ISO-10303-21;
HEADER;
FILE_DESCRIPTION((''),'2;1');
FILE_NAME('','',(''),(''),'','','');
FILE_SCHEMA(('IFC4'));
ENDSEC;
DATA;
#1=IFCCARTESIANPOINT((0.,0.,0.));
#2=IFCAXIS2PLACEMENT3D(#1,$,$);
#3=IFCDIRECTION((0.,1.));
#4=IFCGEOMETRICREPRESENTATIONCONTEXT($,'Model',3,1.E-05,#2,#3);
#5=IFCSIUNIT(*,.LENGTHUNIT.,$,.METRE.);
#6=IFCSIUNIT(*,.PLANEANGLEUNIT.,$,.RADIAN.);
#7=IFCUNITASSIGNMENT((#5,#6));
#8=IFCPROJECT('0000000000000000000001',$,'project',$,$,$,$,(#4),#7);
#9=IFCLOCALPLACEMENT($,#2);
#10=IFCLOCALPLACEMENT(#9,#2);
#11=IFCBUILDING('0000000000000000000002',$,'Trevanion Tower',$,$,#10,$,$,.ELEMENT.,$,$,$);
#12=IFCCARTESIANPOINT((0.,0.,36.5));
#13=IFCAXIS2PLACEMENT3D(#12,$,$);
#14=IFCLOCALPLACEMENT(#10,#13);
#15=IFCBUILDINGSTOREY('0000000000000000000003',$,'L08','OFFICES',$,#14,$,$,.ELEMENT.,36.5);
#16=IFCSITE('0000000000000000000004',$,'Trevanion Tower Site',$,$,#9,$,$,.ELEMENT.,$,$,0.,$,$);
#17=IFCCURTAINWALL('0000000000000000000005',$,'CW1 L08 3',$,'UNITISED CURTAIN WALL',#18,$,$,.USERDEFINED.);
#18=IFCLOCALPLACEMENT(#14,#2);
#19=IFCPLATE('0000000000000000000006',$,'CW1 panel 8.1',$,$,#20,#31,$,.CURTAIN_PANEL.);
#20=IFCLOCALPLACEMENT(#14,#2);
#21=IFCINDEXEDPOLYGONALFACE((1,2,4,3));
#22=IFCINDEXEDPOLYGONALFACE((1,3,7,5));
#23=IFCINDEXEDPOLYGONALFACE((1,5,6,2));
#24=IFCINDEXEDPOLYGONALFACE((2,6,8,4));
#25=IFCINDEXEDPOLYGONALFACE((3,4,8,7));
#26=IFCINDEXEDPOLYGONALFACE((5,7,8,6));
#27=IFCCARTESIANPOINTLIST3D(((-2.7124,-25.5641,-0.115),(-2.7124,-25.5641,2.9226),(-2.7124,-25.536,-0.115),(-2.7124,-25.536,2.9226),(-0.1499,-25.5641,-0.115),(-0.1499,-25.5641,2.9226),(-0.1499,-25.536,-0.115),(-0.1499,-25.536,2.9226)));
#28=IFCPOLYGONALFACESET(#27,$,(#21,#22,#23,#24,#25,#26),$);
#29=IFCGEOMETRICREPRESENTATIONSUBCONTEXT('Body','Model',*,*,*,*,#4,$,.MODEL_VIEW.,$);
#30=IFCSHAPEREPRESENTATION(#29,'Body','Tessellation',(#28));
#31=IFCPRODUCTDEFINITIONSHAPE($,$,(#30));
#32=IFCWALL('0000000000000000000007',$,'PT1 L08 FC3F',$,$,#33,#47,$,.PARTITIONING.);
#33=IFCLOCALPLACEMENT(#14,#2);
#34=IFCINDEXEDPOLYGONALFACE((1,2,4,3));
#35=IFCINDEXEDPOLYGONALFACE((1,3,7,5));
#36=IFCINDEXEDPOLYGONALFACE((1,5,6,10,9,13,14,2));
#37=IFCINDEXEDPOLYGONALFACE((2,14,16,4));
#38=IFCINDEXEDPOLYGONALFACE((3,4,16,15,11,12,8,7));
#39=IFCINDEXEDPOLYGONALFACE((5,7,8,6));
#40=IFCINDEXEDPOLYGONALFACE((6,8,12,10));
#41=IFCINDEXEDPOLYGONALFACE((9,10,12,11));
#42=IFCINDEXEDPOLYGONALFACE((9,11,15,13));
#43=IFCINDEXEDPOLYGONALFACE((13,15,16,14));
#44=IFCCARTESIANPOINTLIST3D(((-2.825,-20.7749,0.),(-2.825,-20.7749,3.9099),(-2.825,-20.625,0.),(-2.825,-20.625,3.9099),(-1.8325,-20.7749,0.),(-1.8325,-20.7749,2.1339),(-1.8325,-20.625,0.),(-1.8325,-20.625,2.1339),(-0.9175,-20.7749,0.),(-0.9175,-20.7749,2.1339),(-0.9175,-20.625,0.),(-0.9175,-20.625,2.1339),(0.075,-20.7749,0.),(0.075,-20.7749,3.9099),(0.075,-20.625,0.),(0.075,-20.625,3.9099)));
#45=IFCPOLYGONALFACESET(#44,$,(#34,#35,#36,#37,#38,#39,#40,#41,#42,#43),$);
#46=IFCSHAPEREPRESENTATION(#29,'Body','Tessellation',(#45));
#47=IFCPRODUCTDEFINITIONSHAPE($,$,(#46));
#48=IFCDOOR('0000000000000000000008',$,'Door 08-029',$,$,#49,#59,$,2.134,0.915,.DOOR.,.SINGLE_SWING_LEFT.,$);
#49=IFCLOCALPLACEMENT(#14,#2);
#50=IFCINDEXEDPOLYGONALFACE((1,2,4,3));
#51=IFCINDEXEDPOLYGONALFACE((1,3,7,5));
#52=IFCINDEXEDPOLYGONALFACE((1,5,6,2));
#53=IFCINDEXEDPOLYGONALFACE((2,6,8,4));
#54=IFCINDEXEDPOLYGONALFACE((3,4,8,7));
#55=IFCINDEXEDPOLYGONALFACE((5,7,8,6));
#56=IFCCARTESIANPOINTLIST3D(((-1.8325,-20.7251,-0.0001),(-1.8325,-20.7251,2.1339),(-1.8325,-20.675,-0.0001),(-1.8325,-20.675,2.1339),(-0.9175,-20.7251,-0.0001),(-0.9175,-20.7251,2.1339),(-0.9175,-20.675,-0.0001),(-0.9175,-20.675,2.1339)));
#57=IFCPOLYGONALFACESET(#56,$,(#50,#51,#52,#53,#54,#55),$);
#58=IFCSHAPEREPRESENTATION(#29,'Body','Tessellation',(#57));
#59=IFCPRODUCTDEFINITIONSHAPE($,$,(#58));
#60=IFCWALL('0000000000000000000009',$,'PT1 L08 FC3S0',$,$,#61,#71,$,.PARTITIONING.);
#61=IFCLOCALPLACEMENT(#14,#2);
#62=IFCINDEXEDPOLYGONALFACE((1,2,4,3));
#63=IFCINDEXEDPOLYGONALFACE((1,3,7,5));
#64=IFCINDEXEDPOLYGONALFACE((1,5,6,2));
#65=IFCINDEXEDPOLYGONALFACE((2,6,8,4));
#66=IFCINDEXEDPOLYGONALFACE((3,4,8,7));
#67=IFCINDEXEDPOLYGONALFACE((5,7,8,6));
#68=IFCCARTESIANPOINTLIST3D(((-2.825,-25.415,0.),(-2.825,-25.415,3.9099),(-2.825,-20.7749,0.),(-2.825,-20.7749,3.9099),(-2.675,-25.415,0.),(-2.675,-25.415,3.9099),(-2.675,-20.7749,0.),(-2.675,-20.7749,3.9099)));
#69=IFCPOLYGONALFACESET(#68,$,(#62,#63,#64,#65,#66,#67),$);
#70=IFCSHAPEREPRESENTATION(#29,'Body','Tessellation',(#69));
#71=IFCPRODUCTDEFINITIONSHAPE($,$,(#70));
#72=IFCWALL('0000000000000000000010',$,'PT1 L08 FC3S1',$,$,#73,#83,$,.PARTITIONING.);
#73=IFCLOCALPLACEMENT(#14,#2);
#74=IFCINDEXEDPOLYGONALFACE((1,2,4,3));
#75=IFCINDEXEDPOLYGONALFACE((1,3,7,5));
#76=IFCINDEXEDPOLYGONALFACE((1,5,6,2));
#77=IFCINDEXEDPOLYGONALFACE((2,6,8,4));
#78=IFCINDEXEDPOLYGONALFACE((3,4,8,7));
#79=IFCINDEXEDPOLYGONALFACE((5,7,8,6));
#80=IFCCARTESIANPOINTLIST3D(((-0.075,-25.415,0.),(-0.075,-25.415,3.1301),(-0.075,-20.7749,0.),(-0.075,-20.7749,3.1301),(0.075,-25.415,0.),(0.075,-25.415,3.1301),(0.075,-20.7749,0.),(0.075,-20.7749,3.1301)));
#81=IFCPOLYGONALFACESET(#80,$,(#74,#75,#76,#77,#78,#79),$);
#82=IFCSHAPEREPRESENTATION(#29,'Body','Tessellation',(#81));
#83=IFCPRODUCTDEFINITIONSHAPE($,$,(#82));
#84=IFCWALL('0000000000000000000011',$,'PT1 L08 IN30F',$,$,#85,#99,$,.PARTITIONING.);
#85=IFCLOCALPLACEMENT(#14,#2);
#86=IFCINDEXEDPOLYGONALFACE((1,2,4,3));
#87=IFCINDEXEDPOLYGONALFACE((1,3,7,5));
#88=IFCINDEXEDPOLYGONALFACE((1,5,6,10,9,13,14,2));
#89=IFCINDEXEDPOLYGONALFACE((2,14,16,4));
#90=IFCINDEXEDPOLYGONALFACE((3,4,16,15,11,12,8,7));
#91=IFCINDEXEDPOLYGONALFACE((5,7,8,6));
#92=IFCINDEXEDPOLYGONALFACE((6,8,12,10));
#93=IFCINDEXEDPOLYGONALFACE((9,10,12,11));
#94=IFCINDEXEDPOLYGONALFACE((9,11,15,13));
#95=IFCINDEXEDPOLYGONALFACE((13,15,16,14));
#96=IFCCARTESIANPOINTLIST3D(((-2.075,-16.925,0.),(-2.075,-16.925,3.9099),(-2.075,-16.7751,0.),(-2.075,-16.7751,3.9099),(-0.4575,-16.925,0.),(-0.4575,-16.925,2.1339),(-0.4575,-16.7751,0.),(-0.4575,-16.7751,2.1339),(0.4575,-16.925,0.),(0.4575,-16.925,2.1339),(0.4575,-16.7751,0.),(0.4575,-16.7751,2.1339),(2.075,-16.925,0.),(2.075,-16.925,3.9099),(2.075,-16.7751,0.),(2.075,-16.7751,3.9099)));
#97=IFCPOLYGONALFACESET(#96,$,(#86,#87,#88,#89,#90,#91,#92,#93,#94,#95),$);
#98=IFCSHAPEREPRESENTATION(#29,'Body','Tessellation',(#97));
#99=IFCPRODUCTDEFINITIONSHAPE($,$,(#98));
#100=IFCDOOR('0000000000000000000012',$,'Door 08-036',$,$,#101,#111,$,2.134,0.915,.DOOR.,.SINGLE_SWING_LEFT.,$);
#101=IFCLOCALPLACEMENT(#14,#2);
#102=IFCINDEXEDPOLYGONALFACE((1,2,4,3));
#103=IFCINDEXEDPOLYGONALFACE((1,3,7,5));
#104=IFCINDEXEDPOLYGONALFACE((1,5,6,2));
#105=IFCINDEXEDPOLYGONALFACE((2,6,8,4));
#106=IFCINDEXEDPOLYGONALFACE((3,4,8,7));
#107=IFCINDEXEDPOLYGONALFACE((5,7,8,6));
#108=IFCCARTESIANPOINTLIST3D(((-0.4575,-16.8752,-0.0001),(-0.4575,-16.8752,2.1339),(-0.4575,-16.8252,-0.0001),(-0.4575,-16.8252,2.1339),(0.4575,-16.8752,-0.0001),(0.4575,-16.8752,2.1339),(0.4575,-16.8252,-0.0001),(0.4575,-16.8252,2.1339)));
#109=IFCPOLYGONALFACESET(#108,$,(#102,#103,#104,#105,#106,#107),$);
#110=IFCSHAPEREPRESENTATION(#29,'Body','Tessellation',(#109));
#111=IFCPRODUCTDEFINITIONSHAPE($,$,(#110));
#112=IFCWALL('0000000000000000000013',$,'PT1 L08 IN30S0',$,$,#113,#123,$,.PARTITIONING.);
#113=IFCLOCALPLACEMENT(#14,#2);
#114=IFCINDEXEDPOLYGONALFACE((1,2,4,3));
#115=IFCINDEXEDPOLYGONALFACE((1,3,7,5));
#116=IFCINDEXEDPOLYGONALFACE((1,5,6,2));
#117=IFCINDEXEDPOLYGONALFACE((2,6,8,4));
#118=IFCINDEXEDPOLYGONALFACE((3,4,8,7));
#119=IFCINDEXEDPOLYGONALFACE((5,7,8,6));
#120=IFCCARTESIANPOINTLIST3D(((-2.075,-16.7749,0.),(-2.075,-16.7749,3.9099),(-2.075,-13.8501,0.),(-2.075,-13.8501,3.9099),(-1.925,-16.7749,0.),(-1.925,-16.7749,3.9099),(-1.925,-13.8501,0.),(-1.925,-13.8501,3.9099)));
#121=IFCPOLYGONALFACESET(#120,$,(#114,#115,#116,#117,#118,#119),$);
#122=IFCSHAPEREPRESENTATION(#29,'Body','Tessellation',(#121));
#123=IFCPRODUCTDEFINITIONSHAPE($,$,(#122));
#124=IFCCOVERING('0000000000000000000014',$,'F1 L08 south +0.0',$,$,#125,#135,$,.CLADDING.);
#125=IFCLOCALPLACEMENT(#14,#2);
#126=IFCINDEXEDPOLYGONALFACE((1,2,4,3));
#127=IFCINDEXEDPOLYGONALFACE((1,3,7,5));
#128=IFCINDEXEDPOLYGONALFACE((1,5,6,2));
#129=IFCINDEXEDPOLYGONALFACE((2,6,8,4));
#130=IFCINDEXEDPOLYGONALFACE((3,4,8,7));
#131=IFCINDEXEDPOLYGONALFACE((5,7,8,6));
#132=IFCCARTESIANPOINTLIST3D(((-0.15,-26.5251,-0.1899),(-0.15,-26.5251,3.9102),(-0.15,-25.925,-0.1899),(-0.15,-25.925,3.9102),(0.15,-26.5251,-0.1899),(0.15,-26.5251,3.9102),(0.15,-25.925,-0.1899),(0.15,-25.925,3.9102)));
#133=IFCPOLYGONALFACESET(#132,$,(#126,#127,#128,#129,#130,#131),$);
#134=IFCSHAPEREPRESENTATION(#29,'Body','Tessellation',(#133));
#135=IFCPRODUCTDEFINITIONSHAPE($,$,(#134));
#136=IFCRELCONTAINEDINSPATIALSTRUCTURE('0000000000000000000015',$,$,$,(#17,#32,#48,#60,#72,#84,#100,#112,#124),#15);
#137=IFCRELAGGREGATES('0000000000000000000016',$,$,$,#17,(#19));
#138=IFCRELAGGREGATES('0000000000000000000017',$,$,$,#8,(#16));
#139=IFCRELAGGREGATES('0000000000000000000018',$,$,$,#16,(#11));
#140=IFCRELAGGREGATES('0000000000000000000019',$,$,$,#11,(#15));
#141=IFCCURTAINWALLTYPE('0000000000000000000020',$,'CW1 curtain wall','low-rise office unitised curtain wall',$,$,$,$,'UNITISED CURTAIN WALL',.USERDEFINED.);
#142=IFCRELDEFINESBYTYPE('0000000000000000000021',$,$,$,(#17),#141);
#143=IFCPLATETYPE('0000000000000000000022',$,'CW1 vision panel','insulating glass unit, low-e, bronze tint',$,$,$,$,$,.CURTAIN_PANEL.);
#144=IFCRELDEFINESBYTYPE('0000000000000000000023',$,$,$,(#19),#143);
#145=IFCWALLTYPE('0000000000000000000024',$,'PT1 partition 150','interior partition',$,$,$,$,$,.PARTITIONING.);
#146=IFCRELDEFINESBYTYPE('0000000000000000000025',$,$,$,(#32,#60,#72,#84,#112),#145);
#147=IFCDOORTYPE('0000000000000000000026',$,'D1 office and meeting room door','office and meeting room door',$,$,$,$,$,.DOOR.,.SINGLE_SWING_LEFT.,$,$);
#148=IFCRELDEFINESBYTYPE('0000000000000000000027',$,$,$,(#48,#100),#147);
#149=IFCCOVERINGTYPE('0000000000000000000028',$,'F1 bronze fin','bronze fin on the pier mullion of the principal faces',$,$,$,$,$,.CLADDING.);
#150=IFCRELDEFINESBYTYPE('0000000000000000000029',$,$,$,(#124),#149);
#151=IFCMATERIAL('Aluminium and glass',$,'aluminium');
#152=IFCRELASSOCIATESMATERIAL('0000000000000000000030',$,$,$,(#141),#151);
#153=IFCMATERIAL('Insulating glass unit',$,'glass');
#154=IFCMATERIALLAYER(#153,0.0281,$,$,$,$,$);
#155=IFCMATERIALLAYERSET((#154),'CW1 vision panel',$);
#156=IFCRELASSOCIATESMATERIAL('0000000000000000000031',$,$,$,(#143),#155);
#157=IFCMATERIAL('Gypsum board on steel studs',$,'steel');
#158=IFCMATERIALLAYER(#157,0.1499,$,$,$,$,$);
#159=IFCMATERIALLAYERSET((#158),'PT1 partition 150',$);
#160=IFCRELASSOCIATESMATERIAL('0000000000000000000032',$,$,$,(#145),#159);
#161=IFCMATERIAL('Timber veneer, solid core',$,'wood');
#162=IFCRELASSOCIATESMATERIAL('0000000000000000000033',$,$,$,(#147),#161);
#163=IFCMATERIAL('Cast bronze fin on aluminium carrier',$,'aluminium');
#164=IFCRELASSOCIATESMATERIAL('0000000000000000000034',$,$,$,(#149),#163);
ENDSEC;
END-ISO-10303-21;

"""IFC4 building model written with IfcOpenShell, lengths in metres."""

from ifc_helpers import new_model, si_unit, direction, frame, frame_2d, origin, origin_2d, place, context, subcontext, project, spatial, rectangle, extrude, material, layer, layer_set, type_object, element, fill, aggregate, save


model = new_model("IFC4")

# Units and contexts
model_context = context("Model", 3, precision=1e-05, world=origin(), true_north=direction((0.0, 1.0)))
body_context = subcontext(model_context, "Body", "Model", "MODEL_VIEW")
ifc_project = project(units=[si_unit("LENGTHUNIT", "METRE"), si_unit("PLANEANGLEUNIT", "RADIAN")], contexts=[model_context])

# Site, building, storey
site_placement = place(None, origin())
site = spatial("IfcSite", under=ifc_project, at=site_placement, Name="Trevanion Tower Site", CompositionType="ELEMENT", RefElevation=0.0)
building_placement = place(site_placement, origin())
building = spatial("IfcBuilding", under=site, at=building_placement, Name="Trevanion Tower", CompositionType="ELEMENT")
storey_placement = place(building_placement, frame((0.0, 0.0, 36.5)))
storey = spatial("IfcBuildingStorey", under=building, at=storey_placement, Name="L08", Description="OFFICES", CompositionType="ELEMENT", Elevation=36.5)

# Curtain wall
ifc_material_1 = material(Name="Aluminium and glass", Category="aluminium")
curtain_wall_type = type_object("IfcCurtainWallType", Name="CW1 curtain wall", Description="low-rise office unitised curtain wall", ElementType="UNITISED CURTAIN WALL", PredefinedType="USERDEFINED", material=ifc_material_1)
curtain_wall_placement = place(storey_placement, origin())
curtain_wall = element("IfcCurtainWall", 1, at=curtain_wall_placement, inside=storey, type_object=curtain_wall_type, Name="CW1 L08 3", ObjectType="UNITISED CURTAIN WALL", PredefinedType="USERDEFINED")

# Plate
ifc_material_2 = material(Name="Insulating glass unit", Category="glass")
ifc_layer_1 = layer(ifc_material_2, 0.0281)
ifc_layer_set_1 = layer_set([ifc_layer_1], Name="CW1 vision panel")
plate_type_1 = type_object("IfcPlateType", Name="CW1 vision panel", Description="insulating glass unit, low-e, bronze tint", PredefinedType="CURTAIN_PANEL", material=ifc_layer_set_1)
plate_1_placement = place(storey_placement, frame((-1.4312, -25.55, -0.115), z_axis=(0.0, 0.0, 1.0), x_axis=(1.0, 0.0, 0.0)))
plate_1 = element("IfcPlate", 2, at=plate_1_placement, type_object=plate_type_1, Name="CW1 panel 8.1", PredefinedType="CURTAIN_PANEL", context=body_context, shape_type="SweptSolid", body=[
    extrude(rectangle(XDim=2.5625, YDim=0.0281, at=origin_2d()), origin(), (0.0, 0.0, 1.0), 3.0376),
])
aggregate(curtain_wall, [plate_1])

# Wall, opening, door
ifc_material_3 = material(Name="Gypsum board on steel studs", Category="steel")
ifc_layer_2 = layer(ifc_material_3, 0.1499)
ifc_layer_set_2 = layer_set([ifc_layer_2], Name="PT1 partition 150")
wall_type = type_object("IfcWallType", Name="PT1 partition 150", Description="interior partition", PredefinedType="PARTITIONING", material=ifc_layer_set_2)
wall_1_placement = place(storey_placement, frame((-2.825, -20.7, 0.0), z_axis=(0.0, 0.0, 1.0), x_axis=(1.0, 0.0, 0.0)))
wall_1 = element("IfcWall", 3, at=wall_1_placement, inside=storey, type_object=wall_type, Name="PT1 L08 FC3F", PredefinedType="PARTITIONING", context=body_context, shape_type="SweptSolid", body=[
    extrude(rectangle(XDim=2.8999, YDim=0.1499, at=frame_2d((1.45, 0.0))), origin(), (0.0, 0.0, 1.0), 3.9099),
])
opening_1_placement = place(wall_1_placement, frame((0.9924, 0.0, 0.0)))
opening_1 = element("IfcOpeningElement", 4, at=opening_1_placement, cuts=wall_1, PredefinedType="OPENING", context=body_context, shape_type="SweptSolid", body=[
    extrude(rectangle(XDim=0.915, YDim=2.134, at=frame_2d((0.4575, 1.0669))), frame((0.0, 0.085, 0.0), z_axis=(0.0, -1.0, 0.0), x_axis=(1.0, 0.0, 0.0)), (0.0, 0.0, 1.0), 0.1699),
])
ifc_material_4 = material(Name="Timber veneer, solid core", Category="wood")
door_type = type_object("IfcDoorType", Name="D1 office and meeting room door", Description="office and meeting room door", OperationType="SINGLE_SWING_LEFT", PredefinedType="DOOR", material=ifc_material_4)
door_1_placement = place(opening_1_placement, origin())
door_1 = element("IfcDoor", 5, at=door_1_placement, inside=storey, type_object=door_type, Name="Door 08-029", OperationType="SINGLE_SWING_LEFT", OverallHeight=2.134, OverallWidth=0.915, PredefinedType="DOOR", context=body_context, shape_type="SweptSolid", body=[
    extrude(rectangle(XDim=0.915, YDim=2.134, at=frame_2d((0.4575, 1.0669))), frame((0.0, 0.0249, 0.0), z_axis=(0.0, -1.0, 0.0), x_axis=(1.0, 0.0, 0.0)), (0.0, 0.0, 1.0), 0.05),
])
fill(opening_1, door_1)

# Walls
wall_2_placement = place(storey_placement, frame((-2.75, -20.7749, 0.0), z_axis=(0.0, 0.0, 1.0), x_axis=(0.0, -1.0, 0.0)))
element("IfcWall", 6, at=wall_2_placement, inside=storey, type_object=wall_type, Name="PT1 L08 FC3S0", PredefinedType="PARTITIONING", context=body_context, shape_type="SweptSolid", body=[
    extrude(rectangle(XDim=4.6401, YDim=0.1499, at=frame_2d((2.3201, 0.0))), origin(), (0.0, 0.0, 1.0), 3.9099),
])
wall_3_placement = place(storey_placement, frame((0.0, -20.7749, 0.0), z_axis=(0.0, 0.0, 1.0), x_axis=(0.0, -1.0, 0.0)))
element("IfcWall", 7, at=wall_3_placement, inside=storey, type_object=wall_type, Name="PT1 L08 FC3S1", PredefinedType="PARTITIONING", context=body_context, shape_type="SweptSolid", body=[
    extrude(rectangle(XDim=4.6401, YDim=0.1499, at=frame_2d((2.3201, 0.0))), origin(), (0.0, 0.0, 1.0), 3.1301),
])

# Wall, opening, door
wall_4_placement = place(storey_placement, frame((-2.075, -16.8501, 0.0), z_axis=(0.0, 0.0, 1.0), x_axis=(1.0, 0.0, 0.0)))
wall_4 = element("IfcWall", 8, at=wall_4_placement, inside=storey, type_object=wall_type, Name="PT1 L08 IN30F", PredefinedType="PARTITIONING", context=body_context, shape_type="SweptSolid", body=[
    extrude(rectangle(XDim=4.1499, YDim=0.1499, at=frame_2d((2.075, 0.0))), origin(), (0.0, 0.0, 1.0), 3.9099),
])
opening_2_placement = place(wall_4_placement, frame((1.6174, 0.0, 0.0)))
opening_2 = element("IfcOpeningElement", 9, at=opening_2_placement, cuts=wall_4, PredefinedType="OPENING", context=body_context, shape_type="SweptSolid", body=[
    extrude(rectangle(XDim=0.915, YDim=2.134, at=frame_2d((0.4575, 1.0669))), frame((0.0, 0.085, 0.0), z_axis=(0.0, -1.0, 0.0), x_axis=(1.0, 0.0, 0.0)), (0.0, 0.0, 1.0), 0.1699),
])
door_2_placement = place(opening_2_placement, origin())
door_2 = element("IfcDoor", 10, at=door_2_placement, inside=storey, type_object=door_type, Name="Door 08-036", OperationType="SINGLE_SWING_LEFT", OverallHeight=2.134, OverallWidth=0.915, PredefinedType="DOOR", context=body_context, shape_type="SweptSolid", body=[
    extrude(rectangle(XDim=0.915, YDim=2.134, at=frame_2d((0.4575, 1.0669))), frame((0.0, 0.0249, 0.0), z_axis=(0.0, -1.0, 0.0), x_axis=(1.0, 0.0, 0.0)), (0.0, 0.0, 1.0), 0.05),
])
fill(opening_2, door_2)

# Wall
wall_5_placement = place(storey_placement, frame((-2.0, -16.7749, 0.0), z_axis=(0.0, 0.0, 1.0), x_axis=(0.0, 1.0, 0.0)))
element("IfcWall", 11, at=wall_5_placement, inside=storey, type_object=wall_type, Name="PT1 L08 IN30S0", PredefinedType="PARTITIONING", context=body_context, shape_type="SweptSolid", body=[
    extrude(rectangle(XDim=2.9248, YDim=0.1499, at=frame_2d((1.4624, 0.0))), origin(), (0.0, 0.0, 1.0), 3.9099),
])

# Covering
ifc_material_5 = material(Name="Cast bronze fin on aluminium carrier", Category="aluminium")
covering_type = type_object("IfcCoveringType", Name="F1 bronze fin", Description="bronze fin on the pier mullion of the principal faces", PredefinedType="CLADDING", material=ifc_material_5)
covering_placement = place(storey_placement, frame((0.0, -26.2251, -0.1899), z_axis=(0.0, 0.0, 1.0), x_axis=(1.0, 0.0, 0.0)))
element("IfcCovering", 12, at=covering_placement, inside=storey, type_object=covering_type, Name="F1 L08 south +0.0", PredefinedType="CLADDING", context=body_context, shape_type="SweptSolid", body=[
    extrude(rectangle(XDim=0.3, YDim=0.6001, at=origin_2d()), origin(), (0.0, 0.0, 1.0), 4.1001),
])

save(model, "model.ifc")
